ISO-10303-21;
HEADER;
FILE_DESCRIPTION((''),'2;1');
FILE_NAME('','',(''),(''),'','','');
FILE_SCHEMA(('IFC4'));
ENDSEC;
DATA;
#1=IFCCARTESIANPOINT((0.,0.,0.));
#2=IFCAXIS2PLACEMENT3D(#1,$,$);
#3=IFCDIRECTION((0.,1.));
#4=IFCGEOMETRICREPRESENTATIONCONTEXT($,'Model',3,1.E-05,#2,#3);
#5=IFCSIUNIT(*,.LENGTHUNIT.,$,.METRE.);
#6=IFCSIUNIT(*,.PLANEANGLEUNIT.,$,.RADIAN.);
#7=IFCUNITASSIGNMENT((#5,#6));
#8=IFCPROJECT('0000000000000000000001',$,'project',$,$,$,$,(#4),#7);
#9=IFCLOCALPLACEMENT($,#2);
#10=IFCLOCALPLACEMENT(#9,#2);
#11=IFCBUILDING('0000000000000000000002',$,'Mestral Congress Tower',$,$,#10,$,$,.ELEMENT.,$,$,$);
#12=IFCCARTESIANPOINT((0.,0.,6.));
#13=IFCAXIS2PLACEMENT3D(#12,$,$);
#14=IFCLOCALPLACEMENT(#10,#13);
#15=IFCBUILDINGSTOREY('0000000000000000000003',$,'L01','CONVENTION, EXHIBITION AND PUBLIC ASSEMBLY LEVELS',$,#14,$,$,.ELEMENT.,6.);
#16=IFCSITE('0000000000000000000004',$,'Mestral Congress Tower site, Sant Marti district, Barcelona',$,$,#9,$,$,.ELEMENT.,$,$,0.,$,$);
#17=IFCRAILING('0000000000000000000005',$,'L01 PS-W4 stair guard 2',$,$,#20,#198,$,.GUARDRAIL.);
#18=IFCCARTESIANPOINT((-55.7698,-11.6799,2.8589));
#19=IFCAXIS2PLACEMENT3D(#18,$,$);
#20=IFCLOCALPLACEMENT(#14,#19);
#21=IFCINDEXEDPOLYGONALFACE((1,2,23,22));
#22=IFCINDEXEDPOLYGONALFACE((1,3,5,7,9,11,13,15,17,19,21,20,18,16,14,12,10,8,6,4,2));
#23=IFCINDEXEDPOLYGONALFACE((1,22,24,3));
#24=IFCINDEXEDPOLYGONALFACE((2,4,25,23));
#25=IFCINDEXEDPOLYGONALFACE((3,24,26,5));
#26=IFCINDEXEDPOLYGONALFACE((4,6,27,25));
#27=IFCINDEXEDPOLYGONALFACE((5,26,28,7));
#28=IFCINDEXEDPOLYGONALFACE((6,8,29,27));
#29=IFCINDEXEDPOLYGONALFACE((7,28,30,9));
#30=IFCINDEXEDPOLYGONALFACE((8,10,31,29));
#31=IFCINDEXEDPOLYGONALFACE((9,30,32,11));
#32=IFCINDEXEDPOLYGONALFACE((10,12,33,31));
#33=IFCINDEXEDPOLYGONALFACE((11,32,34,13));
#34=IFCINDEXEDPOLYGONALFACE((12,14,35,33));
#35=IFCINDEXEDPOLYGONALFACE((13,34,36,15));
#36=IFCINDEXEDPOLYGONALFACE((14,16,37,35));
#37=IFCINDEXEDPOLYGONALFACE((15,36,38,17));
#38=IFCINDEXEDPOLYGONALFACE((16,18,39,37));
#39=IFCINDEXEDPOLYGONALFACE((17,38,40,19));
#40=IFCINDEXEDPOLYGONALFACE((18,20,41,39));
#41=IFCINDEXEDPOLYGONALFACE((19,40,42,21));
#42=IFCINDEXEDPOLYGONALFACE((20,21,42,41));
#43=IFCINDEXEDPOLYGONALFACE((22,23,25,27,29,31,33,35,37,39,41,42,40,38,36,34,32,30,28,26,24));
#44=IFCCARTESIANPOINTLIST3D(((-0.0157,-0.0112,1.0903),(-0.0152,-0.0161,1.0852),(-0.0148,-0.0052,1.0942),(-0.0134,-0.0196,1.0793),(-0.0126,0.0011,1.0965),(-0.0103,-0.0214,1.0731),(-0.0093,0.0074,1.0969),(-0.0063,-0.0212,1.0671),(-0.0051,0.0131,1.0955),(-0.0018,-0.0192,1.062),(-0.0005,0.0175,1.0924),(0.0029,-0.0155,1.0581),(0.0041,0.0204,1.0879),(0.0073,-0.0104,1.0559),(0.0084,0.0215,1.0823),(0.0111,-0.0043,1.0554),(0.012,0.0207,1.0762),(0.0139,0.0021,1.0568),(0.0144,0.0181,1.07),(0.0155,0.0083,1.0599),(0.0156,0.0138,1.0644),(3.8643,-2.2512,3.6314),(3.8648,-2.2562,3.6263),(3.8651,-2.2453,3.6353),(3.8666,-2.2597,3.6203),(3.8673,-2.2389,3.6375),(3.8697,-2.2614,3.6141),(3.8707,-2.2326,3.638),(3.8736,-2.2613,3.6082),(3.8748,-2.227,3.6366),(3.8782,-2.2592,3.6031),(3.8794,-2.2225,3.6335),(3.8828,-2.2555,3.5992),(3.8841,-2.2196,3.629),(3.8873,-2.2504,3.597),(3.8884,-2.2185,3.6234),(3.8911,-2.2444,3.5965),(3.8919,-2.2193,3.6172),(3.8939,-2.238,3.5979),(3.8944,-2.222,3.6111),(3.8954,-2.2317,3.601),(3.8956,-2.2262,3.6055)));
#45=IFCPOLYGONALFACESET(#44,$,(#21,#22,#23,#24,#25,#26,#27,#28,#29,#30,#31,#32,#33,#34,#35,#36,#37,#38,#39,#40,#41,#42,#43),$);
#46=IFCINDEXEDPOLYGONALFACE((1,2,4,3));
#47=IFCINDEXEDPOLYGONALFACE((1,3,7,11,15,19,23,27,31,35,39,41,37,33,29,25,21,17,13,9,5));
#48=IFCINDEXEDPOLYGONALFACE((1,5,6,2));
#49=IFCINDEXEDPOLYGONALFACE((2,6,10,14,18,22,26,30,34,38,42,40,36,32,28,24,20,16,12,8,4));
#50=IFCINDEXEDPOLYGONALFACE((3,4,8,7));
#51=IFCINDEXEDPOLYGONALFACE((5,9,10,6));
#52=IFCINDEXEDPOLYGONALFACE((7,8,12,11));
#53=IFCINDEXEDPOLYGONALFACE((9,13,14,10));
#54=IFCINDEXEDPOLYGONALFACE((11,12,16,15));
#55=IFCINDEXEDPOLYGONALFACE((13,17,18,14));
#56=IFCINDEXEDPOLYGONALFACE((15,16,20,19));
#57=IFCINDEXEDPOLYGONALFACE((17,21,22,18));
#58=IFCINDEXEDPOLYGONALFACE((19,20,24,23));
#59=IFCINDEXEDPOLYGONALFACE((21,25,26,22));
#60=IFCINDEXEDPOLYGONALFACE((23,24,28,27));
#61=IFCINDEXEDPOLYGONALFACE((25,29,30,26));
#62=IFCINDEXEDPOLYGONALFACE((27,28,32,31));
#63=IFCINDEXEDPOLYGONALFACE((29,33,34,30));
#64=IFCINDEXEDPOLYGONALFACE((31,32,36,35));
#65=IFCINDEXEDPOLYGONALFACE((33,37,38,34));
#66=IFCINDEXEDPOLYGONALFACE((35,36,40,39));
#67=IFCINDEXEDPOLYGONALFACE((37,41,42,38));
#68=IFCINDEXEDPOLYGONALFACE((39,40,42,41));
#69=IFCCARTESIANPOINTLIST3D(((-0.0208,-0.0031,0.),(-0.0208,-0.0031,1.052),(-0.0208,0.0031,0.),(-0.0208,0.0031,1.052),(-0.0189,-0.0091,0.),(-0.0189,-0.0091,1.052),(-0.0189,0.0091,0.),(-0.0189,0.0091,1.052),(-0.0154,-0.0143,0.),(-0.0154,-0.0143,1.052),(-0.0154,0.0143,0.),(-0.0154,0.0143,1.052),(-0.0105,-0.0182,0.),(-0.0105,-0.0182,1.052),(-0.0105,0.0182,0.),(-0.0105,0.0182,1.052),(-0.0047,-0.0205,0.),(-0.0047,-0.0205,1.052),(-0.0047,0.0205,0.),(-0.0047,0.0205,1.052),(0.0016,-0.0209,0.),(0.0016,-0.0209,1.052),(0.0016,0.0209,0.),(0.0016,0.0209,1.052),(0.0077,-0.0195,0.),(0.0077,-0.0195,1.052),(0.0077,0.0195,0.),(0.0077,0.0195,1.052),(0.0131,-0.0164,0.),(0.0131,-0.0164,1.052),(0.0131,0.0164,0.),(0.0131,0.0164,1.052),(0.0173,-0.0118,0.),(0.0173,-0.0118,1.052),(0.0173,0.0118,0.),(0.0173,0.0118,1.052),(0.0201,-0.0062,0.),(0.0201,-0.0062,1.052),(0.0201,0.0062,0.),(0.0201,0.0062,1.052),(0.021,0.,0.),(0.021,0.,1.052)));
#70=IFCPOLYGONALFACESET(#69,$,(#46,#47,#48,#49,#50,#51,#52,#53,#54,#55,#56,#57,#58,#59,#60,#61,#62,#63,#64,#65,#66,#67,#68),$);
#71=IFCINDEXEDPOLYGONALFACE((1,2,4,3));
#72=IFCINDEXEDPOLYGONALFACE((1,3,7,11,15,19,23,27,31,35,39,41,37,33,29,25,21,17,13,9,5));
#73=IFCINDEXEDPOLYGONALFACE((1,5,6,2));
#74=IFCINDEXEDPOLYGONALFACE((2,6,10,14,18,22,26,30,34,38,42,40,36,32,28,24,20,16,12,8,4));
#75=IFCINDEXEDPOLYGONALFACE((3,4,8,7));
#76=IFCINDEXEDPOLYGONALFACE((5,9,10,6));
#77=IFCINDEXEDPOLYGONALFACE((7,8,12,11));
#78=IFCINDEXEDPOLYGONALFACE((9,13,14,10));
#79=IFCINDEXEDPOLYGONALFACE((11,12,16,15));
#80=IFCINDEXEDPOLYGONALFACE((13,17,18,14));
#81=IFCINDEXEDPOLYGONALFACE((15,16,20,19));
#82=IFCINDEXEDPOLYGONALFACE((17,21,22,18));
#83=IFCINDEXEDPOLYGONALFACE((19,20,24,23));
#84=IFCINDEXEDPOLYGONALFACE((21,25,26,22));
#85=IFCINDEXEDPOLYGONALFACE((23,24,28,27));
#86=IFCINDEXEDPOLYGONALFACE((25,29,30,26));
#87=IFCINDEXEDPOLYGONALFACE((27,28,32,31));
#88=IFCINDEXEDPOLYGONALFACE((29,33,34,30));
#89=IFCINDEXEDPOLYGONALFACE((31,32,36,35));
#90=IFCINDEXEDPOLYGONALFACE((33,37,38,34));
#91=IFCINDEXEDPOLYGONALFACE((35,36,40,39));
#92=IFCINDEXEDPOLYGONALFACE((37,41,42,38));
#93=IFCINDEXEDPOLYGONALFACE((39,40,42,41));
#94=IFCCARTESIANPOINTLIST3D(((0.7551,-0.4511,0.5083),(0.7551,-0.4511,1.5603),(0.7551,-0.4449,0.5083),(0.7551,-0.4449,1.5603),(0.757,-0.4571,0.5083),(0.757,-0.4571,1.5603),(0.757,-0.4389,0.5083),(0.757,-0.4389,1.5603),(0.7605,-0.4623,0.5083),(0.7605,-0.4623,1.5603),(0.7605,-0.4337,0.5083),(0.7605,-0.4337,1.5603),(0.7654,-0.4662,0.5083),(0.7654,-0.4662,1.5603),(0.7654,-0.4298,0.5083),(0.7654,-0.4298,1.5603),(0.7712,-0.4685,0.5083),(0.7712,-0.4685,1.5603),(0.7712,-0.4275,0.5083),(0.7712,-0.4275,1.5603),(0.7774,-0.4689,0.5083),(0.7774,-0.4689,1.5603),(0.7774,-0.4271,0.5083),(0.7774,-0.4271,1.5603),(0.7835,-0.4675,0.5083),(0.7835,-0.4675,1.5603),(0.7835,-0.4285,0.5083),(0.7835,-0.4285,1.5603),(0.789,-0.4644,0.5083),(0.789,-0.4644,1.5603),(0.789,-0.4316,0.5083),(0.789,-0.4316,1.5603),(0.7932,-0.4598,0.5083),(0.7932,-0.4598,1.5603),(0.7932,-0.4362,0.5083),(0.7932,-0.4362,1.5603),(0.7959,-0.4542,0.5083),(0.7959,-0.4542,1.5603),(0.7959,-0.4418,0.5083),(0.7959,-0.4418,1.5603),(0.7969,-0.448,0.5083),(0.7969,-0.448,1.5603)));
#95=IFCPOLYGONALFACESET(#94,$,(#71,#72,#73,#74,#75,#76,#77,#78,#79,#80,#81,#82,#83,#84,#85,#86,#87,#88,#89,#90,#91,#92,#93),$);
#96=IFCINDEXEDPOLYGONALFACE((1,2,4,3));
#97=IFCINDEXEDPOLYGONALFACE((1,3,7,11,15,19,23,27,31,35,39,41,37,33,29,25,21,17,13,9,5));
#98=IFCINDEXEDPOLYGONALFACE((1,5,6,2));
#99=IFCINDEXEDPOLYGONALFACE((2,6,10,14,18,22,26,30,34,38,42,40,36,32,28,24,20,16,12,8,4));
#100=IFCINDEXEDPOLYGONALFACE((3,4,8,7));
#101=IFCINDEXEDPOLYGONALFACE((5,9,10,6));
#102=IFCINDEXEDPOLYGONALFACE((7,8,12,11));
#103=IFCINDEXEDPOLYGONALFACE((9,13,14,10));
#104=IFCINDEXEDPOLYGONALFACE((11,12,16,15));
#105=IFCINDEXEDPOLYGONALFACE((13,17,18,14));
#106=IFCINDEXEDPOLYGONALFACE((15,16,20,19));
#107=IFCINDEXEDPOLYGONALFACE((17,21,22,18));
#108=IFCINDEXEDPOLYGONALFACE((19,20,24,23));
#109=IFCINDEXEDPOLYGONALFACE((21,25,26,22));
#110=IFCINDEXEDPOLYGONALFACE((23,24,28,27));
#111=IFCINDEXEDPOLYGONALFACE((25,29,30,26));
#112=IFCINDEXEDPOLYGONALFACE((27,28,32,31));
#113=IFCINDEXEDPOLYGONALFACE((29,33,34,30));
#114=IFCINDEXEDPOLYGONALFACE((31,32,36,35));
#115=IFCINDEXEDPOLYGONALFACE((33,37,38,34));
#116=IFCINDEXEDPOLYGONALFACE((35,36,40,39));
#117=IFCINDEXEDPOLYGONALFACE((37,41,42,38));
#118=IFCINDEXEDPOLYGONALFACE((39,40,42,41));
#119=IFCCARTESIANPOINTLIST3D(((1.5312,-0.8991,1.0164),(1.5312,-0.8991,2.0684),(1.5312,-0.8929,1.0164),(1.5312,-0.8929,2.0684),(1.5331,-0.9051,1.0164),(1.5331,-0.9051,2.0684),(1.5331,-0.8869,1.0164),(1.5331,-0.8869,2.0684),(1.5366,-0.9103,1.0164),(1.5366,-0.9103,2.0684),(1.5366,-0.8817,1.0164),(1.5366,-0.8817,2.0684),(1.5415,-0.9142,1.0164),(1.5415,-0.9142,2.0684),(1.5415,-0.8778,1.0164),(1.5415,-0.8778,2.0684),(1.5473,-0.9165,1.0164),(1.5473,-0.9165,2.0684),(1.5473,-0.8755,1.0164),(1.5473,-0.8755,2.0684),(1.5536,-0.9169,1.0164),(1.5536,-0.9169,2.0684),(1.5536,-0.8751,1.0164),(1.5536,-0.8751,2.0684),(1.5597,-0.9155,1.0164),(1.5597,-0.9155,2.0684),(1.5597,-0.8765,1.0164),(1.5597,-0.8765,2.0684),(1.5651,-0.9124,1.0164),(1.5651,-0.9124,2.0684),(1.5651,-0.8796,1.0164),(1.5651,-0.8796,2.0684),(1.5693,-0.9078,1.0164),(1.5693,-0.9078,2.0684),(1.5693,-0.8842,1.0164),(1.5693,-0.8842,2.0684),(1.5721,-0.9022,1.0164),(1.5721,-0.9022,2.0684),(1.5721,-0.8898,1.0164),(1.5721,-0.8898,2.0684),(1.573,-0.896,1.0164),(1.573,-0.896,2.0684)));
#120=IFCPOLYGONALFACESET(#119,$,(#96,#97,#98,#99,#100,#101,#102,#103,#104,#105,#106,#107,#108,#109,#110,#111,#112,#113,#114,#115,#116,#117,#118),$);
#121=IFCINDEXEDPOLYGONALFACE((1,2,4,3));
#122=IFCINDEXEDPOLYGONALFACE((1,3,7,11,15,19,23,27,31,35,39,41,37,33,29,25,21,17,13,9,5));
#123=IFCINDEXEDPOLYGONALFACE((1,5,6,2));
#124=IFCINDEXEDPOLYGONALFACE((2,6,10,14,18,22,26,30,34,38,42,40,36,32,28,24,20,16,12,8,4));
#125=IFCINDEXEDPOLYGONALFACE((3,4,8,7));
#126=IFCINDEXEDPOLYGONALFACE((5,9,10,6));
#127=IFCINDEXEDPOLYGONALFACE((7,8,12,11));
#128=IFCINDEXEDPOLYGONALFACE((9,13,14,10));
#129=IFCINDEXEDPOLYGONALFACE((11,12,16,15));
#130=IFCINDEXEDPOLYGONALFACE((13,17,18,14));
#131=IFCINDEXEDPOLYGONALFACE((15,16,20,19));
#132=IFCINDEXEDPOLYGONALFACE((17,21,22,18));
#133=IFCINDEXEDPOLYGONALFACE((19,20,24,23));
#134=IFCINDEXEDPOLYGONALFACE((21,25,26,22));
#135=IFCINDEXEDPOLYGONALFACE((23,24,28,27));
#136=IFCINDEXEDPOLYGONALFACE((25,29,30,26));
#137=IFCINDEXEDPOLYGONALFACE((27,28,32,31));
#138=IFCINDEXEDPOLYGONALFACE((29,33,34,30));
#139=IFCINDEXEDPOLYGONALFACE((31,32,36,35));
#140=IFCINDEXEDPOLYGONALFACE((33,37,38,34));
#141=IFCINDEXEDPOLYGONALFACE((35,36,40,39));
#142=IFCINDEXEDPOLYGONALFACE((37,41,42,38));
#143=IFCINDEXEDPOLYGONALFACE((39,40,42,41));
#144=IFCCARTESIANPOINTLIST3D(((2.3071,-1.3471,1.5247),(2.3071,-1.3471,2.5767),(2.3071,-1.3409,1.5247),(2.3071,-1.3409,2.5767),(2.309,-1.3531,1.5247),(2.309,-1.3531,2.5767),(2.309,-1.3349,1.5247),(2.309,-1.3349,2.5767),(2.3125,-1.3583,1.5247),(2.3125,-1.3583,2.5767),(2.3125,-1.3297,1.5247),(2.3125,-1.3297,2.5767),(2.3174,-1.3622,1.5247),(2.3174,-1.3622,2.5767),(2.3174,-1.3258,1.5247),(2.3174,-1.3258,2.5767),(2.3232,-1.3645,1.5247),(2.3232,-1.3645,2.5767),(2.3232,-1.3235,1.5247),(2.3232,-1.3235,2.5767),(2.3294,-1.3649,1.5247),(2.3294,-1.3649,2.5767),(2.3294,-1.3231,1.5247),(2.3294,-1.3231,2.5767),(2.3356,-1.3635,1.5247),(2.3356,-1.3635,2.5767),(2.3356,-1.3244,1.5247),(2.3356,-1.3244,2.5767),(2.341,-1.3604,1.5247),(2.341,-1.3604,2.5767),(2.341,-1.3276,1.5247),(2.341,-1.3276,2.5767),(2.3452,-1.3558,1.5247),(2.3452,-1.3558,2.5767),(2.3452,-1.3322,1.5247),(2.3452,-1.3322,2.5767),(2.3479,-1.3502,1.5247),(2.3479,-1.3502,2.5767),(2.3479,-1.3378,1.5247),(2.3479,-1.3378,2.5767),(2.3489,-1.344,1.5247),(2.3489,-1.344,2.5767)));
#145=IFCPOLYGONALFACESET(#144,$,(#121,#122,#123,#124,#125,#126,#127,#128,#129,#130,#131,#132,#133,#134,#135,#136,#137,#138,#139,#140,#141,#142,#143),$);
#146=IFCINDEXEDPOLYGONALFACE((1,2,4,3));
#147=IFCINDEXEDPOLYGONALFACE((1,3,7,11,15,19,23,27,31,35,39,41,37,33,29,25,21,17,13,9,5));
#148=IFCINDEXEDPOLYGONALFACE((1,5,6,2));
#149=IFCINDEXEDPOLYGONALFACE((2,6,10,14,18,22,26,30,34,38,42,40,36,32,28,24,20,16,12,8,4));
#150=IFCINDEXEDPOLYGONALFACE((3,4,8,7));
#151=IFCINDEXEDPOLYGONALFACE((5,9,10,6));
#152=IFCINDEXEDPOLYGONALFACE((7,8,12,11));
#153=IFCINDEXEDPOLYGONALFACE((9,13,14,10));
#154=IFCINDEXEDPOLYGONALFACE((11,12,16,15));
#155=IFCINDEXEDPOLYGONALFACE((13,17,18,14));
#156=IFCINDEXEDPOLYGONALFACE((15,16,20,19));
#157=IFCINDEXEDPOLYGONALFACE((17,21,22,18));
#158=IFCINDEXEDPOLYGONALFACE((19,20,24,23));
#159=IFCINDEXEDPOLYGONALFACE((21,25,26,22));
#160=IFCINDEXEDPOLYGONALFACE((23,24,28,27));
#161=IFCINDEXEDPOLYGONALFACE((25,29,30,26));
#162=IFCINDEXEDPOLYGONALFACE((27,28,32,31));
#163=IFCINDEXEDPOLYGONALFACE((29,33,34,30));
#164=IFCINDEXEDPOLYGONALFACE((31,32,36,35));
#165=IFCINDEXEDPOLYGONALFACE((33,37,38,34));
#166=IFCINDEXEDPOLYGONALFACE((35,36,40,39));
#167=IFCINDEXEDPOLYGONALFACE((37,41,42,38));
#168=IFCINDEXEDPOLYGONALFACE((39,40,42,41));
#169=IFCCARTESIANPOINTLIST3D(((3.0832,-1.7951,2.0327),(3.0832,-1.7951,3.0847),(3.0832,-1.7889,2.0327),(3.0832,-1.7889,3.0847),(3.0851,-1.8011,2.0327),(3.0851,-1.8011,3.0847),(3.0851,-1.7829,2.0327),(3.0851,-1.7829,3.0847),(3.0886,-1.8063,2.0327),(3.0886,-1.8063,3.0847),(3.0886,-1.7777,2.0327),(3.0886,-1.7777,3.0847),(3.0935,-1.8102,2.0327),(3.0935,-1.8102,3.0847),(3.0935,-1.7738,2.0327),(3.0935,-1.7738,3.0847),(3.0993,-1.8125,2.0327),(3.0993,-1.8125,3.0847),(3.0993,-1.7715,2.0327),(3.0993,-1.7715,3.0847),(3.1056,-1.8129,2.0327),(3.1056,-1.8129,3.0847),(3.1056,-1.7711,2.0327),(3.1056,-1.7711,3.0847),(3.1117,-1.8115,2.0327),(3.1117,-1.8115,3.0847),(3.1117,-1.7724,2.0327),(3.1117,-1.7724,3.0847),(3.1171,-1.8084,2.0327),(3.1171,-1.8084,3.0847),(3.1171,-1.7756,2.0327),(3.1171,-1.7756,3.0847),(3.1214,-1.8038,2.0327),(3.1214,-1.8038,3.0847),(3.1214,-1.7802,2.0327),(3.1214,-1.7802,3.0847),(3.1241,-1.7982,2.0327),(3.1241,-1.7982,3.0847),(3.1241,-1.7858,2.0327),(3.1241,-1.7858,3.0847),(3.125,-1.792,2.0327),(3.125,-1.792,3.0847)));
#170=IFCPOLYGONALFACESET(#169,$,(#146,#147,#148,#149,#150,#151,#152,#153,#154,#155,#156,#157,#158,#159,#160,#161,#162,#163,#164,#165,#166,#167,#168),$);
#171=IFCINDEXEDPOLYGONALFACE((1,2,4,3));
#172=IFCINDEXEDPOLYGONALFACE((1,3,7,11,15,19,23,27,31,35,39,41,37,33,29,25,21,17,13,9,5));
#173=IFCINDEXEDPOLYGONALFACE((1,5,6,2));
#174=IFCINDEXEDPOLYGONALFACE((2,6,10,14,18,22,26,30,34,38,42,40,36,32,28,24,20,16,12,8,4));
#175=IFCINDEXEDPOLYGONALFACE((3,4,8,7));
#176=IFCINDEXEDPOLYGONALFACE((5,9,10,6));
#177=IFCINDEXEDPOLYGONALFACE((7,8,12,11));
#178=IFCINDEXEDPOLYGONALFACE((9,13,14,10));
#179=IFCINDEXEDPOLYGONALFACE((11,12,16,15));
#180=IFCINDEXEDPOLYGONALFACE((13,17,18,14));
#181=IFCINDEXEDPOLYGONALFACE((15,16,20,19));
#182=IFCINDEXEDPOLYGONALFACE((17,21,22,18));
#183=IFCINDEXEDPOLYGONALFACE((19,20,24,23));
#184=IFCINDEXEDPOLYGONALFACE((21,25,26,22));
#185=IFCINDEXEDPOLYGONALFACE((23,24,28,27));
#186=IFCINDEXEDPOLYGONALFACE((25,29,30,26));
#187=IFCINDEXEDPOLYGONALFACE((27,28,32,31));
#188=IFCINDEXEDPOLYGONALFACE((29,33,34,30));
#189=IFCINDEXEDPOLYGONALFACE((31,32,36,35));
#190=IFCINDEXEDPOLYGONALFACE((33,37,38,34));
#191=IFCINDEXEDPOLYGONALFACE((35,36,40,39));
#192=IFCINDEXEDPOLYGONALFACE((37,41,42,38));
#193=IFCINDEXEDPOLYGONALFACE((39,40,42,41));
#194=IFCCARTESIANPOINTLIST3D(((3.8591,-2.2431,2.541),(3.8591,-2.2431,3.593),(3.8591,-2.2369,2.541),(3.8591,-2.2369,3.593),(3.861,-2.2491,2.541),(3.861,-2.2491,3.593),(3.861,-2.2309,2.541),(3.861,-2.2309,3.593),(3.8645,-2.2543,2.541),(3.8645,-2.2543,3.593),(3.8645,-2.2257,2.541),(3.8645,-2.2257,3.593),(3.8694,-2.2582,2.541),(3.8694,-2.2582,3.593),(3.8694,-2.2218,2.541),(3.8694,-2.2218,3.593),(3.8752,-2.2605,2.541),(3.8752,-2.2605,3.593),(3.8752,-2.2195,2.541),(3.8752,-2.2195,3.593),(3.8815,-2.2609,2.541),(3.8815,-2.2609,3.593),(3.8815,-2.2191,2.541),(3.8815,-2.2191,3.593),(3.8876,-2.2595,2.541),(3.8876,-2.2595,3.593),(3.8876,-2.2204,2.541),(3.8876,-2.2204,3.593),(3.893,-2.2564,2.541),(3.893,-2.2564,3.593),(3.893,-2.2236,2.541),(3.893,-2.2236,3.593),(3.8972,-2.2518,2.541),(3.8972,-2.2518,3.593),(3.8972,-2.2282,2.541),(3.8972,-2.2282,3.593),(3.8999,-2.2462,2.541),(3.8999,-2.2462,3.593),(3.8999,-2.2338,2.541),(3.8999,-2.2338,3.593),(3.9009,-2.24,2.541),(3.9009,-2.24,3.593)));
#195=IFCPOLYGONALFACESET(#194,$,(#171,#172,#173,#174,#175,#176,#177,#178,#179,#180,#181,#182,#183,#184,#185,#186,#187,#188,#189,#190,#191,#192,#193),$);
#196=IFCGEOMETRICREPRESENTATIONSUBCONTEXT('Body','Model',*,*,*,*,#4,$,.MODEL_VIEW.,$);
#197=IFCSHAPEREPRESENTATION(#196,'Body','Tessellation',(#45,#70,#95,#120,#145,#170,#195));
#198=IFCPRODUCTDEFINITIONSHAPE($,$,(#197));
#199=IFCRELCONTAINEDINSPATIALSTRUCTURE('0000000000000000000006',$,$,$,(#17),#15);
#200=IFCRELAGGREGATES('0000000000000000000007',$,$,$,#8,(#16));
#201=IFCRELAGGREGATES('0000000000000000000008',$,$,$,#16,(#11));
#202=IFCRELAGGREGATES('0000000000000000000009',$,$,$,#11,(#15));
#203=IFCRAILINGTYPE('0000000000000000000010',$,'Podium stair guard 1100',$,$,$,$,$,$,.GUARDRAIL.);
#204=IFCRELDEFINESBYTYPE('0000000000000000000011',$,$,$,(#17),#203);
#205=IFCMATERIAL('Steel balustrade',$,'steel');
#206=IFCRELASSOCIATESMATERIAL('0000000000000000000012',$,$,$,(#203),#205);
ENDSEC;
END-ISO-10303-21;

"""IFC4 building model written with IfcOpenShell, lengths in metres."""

from ifc_helpers import new_model, si_unit, direction, frame, origin, origin_2d, place, context, subcontext, project, spatial, circle, extrude, material, type_object, element, save


model = new_model("IFC4")

# Units and contexts
model_context = context("Model", 3, precision=1e-05, world=origin(), true_north=direction((0.0, 1.0)))
body_context = subcontext(model_context, "Body", "Model", "MODEL_VIEW")
ifc_project = project(units=[si_unit("LENGTHUNIT", "METRE"), si_unit("PLANEANGLEUNIT", "RADIAN")], contexts=[model_context])

# Site, building, storey
site_placement = place(None, origin())
site = spatial("IfcSite", under=ifc_project, at=site_placement, Name="Mestral Congress Tower site, Sant Marti district, Barcelona", CompositionType="ELEMENT", RefElevation=0.0)
building_placement = place(site_placement, origin())
building = spatial("IfcBuilding", under=site, at=building_placement, Name="Mestral Congress Tower", CompositionType="ELEMENT")
storey_placement = place(building_placement, frame((0.0, 0.0, 6.0)))
storey = spatial("IfcBuildingStorey", under=building, at=storey_placement, Name="L01", Description="CONVENTION, EXHIBITION AND PUBLIC ASSEMBLY LEVELS", CompositionType="ELEMENT", Elevation=6.0)

# Railing
ifc_material_1 = material(Name="Steel balustrade", Category="steel")
railing_type_1 = type_object("IfcRailingType", Name="Podium stair guard 1100", PredefinedType="GUARDRAIL", material=ifc_material_1)
railing_1_placement = place(storey_placement, frame((-55.7698, -11.6799, 2.8589)))
element("IfcRailing", 1, at=railing_1_placement, inside=storey, type_object=railing_type_1, Name="L01 PS-W4 stair guard 2", PredefinedType="GUARDRAIL", context=body_context, shape_type="SweptSolid", body=[
    extrude(circle(Radius=0.0239, at=origin_2d()), frame((0.0, 0.0, 1.0762), z_axis=(0.7533, -0.434906, 0.493352), x_axis=(0.49999, 0.866031, 0.0)), (0.0, 0.0, 1.0), 5.1506),
    extrude(circle(Radius=0.021, at=origin_2d()), origin(), (0.0, 0.0, 1.0), 1.052),
    extrude(circle(Radius=0.021, at=origin_2d()), frame((0.7759, -0.448, 0.5083)), (0.0, 0.0, 1.0), 1.052),
    extrude(circle(Radius=0.021, at=origin_2d()), frame((1.552, -0.896, 1.0164)), (0.0, 0.0, 1.0), 1.052),
    extrude(circle(Radius=0.021, at=origin_2d()), frame((2.3279, -1.344, 1.5247)), (0.0, 0.0, 1.0), 1.052),
    extrude(circle(Radius=0.021, at=origin_2d()), frame((3.104, -1.792, 2.0327)), (0.0, 0.0, 1.0), 1.052),
    extrude(circle(Radius=0.021, at=origin_2d()), frame((3.8799, -2.24, 2.541)), (0.0, 0.0, 1.0), 1.052),
])

save(model, "model.ifc")
